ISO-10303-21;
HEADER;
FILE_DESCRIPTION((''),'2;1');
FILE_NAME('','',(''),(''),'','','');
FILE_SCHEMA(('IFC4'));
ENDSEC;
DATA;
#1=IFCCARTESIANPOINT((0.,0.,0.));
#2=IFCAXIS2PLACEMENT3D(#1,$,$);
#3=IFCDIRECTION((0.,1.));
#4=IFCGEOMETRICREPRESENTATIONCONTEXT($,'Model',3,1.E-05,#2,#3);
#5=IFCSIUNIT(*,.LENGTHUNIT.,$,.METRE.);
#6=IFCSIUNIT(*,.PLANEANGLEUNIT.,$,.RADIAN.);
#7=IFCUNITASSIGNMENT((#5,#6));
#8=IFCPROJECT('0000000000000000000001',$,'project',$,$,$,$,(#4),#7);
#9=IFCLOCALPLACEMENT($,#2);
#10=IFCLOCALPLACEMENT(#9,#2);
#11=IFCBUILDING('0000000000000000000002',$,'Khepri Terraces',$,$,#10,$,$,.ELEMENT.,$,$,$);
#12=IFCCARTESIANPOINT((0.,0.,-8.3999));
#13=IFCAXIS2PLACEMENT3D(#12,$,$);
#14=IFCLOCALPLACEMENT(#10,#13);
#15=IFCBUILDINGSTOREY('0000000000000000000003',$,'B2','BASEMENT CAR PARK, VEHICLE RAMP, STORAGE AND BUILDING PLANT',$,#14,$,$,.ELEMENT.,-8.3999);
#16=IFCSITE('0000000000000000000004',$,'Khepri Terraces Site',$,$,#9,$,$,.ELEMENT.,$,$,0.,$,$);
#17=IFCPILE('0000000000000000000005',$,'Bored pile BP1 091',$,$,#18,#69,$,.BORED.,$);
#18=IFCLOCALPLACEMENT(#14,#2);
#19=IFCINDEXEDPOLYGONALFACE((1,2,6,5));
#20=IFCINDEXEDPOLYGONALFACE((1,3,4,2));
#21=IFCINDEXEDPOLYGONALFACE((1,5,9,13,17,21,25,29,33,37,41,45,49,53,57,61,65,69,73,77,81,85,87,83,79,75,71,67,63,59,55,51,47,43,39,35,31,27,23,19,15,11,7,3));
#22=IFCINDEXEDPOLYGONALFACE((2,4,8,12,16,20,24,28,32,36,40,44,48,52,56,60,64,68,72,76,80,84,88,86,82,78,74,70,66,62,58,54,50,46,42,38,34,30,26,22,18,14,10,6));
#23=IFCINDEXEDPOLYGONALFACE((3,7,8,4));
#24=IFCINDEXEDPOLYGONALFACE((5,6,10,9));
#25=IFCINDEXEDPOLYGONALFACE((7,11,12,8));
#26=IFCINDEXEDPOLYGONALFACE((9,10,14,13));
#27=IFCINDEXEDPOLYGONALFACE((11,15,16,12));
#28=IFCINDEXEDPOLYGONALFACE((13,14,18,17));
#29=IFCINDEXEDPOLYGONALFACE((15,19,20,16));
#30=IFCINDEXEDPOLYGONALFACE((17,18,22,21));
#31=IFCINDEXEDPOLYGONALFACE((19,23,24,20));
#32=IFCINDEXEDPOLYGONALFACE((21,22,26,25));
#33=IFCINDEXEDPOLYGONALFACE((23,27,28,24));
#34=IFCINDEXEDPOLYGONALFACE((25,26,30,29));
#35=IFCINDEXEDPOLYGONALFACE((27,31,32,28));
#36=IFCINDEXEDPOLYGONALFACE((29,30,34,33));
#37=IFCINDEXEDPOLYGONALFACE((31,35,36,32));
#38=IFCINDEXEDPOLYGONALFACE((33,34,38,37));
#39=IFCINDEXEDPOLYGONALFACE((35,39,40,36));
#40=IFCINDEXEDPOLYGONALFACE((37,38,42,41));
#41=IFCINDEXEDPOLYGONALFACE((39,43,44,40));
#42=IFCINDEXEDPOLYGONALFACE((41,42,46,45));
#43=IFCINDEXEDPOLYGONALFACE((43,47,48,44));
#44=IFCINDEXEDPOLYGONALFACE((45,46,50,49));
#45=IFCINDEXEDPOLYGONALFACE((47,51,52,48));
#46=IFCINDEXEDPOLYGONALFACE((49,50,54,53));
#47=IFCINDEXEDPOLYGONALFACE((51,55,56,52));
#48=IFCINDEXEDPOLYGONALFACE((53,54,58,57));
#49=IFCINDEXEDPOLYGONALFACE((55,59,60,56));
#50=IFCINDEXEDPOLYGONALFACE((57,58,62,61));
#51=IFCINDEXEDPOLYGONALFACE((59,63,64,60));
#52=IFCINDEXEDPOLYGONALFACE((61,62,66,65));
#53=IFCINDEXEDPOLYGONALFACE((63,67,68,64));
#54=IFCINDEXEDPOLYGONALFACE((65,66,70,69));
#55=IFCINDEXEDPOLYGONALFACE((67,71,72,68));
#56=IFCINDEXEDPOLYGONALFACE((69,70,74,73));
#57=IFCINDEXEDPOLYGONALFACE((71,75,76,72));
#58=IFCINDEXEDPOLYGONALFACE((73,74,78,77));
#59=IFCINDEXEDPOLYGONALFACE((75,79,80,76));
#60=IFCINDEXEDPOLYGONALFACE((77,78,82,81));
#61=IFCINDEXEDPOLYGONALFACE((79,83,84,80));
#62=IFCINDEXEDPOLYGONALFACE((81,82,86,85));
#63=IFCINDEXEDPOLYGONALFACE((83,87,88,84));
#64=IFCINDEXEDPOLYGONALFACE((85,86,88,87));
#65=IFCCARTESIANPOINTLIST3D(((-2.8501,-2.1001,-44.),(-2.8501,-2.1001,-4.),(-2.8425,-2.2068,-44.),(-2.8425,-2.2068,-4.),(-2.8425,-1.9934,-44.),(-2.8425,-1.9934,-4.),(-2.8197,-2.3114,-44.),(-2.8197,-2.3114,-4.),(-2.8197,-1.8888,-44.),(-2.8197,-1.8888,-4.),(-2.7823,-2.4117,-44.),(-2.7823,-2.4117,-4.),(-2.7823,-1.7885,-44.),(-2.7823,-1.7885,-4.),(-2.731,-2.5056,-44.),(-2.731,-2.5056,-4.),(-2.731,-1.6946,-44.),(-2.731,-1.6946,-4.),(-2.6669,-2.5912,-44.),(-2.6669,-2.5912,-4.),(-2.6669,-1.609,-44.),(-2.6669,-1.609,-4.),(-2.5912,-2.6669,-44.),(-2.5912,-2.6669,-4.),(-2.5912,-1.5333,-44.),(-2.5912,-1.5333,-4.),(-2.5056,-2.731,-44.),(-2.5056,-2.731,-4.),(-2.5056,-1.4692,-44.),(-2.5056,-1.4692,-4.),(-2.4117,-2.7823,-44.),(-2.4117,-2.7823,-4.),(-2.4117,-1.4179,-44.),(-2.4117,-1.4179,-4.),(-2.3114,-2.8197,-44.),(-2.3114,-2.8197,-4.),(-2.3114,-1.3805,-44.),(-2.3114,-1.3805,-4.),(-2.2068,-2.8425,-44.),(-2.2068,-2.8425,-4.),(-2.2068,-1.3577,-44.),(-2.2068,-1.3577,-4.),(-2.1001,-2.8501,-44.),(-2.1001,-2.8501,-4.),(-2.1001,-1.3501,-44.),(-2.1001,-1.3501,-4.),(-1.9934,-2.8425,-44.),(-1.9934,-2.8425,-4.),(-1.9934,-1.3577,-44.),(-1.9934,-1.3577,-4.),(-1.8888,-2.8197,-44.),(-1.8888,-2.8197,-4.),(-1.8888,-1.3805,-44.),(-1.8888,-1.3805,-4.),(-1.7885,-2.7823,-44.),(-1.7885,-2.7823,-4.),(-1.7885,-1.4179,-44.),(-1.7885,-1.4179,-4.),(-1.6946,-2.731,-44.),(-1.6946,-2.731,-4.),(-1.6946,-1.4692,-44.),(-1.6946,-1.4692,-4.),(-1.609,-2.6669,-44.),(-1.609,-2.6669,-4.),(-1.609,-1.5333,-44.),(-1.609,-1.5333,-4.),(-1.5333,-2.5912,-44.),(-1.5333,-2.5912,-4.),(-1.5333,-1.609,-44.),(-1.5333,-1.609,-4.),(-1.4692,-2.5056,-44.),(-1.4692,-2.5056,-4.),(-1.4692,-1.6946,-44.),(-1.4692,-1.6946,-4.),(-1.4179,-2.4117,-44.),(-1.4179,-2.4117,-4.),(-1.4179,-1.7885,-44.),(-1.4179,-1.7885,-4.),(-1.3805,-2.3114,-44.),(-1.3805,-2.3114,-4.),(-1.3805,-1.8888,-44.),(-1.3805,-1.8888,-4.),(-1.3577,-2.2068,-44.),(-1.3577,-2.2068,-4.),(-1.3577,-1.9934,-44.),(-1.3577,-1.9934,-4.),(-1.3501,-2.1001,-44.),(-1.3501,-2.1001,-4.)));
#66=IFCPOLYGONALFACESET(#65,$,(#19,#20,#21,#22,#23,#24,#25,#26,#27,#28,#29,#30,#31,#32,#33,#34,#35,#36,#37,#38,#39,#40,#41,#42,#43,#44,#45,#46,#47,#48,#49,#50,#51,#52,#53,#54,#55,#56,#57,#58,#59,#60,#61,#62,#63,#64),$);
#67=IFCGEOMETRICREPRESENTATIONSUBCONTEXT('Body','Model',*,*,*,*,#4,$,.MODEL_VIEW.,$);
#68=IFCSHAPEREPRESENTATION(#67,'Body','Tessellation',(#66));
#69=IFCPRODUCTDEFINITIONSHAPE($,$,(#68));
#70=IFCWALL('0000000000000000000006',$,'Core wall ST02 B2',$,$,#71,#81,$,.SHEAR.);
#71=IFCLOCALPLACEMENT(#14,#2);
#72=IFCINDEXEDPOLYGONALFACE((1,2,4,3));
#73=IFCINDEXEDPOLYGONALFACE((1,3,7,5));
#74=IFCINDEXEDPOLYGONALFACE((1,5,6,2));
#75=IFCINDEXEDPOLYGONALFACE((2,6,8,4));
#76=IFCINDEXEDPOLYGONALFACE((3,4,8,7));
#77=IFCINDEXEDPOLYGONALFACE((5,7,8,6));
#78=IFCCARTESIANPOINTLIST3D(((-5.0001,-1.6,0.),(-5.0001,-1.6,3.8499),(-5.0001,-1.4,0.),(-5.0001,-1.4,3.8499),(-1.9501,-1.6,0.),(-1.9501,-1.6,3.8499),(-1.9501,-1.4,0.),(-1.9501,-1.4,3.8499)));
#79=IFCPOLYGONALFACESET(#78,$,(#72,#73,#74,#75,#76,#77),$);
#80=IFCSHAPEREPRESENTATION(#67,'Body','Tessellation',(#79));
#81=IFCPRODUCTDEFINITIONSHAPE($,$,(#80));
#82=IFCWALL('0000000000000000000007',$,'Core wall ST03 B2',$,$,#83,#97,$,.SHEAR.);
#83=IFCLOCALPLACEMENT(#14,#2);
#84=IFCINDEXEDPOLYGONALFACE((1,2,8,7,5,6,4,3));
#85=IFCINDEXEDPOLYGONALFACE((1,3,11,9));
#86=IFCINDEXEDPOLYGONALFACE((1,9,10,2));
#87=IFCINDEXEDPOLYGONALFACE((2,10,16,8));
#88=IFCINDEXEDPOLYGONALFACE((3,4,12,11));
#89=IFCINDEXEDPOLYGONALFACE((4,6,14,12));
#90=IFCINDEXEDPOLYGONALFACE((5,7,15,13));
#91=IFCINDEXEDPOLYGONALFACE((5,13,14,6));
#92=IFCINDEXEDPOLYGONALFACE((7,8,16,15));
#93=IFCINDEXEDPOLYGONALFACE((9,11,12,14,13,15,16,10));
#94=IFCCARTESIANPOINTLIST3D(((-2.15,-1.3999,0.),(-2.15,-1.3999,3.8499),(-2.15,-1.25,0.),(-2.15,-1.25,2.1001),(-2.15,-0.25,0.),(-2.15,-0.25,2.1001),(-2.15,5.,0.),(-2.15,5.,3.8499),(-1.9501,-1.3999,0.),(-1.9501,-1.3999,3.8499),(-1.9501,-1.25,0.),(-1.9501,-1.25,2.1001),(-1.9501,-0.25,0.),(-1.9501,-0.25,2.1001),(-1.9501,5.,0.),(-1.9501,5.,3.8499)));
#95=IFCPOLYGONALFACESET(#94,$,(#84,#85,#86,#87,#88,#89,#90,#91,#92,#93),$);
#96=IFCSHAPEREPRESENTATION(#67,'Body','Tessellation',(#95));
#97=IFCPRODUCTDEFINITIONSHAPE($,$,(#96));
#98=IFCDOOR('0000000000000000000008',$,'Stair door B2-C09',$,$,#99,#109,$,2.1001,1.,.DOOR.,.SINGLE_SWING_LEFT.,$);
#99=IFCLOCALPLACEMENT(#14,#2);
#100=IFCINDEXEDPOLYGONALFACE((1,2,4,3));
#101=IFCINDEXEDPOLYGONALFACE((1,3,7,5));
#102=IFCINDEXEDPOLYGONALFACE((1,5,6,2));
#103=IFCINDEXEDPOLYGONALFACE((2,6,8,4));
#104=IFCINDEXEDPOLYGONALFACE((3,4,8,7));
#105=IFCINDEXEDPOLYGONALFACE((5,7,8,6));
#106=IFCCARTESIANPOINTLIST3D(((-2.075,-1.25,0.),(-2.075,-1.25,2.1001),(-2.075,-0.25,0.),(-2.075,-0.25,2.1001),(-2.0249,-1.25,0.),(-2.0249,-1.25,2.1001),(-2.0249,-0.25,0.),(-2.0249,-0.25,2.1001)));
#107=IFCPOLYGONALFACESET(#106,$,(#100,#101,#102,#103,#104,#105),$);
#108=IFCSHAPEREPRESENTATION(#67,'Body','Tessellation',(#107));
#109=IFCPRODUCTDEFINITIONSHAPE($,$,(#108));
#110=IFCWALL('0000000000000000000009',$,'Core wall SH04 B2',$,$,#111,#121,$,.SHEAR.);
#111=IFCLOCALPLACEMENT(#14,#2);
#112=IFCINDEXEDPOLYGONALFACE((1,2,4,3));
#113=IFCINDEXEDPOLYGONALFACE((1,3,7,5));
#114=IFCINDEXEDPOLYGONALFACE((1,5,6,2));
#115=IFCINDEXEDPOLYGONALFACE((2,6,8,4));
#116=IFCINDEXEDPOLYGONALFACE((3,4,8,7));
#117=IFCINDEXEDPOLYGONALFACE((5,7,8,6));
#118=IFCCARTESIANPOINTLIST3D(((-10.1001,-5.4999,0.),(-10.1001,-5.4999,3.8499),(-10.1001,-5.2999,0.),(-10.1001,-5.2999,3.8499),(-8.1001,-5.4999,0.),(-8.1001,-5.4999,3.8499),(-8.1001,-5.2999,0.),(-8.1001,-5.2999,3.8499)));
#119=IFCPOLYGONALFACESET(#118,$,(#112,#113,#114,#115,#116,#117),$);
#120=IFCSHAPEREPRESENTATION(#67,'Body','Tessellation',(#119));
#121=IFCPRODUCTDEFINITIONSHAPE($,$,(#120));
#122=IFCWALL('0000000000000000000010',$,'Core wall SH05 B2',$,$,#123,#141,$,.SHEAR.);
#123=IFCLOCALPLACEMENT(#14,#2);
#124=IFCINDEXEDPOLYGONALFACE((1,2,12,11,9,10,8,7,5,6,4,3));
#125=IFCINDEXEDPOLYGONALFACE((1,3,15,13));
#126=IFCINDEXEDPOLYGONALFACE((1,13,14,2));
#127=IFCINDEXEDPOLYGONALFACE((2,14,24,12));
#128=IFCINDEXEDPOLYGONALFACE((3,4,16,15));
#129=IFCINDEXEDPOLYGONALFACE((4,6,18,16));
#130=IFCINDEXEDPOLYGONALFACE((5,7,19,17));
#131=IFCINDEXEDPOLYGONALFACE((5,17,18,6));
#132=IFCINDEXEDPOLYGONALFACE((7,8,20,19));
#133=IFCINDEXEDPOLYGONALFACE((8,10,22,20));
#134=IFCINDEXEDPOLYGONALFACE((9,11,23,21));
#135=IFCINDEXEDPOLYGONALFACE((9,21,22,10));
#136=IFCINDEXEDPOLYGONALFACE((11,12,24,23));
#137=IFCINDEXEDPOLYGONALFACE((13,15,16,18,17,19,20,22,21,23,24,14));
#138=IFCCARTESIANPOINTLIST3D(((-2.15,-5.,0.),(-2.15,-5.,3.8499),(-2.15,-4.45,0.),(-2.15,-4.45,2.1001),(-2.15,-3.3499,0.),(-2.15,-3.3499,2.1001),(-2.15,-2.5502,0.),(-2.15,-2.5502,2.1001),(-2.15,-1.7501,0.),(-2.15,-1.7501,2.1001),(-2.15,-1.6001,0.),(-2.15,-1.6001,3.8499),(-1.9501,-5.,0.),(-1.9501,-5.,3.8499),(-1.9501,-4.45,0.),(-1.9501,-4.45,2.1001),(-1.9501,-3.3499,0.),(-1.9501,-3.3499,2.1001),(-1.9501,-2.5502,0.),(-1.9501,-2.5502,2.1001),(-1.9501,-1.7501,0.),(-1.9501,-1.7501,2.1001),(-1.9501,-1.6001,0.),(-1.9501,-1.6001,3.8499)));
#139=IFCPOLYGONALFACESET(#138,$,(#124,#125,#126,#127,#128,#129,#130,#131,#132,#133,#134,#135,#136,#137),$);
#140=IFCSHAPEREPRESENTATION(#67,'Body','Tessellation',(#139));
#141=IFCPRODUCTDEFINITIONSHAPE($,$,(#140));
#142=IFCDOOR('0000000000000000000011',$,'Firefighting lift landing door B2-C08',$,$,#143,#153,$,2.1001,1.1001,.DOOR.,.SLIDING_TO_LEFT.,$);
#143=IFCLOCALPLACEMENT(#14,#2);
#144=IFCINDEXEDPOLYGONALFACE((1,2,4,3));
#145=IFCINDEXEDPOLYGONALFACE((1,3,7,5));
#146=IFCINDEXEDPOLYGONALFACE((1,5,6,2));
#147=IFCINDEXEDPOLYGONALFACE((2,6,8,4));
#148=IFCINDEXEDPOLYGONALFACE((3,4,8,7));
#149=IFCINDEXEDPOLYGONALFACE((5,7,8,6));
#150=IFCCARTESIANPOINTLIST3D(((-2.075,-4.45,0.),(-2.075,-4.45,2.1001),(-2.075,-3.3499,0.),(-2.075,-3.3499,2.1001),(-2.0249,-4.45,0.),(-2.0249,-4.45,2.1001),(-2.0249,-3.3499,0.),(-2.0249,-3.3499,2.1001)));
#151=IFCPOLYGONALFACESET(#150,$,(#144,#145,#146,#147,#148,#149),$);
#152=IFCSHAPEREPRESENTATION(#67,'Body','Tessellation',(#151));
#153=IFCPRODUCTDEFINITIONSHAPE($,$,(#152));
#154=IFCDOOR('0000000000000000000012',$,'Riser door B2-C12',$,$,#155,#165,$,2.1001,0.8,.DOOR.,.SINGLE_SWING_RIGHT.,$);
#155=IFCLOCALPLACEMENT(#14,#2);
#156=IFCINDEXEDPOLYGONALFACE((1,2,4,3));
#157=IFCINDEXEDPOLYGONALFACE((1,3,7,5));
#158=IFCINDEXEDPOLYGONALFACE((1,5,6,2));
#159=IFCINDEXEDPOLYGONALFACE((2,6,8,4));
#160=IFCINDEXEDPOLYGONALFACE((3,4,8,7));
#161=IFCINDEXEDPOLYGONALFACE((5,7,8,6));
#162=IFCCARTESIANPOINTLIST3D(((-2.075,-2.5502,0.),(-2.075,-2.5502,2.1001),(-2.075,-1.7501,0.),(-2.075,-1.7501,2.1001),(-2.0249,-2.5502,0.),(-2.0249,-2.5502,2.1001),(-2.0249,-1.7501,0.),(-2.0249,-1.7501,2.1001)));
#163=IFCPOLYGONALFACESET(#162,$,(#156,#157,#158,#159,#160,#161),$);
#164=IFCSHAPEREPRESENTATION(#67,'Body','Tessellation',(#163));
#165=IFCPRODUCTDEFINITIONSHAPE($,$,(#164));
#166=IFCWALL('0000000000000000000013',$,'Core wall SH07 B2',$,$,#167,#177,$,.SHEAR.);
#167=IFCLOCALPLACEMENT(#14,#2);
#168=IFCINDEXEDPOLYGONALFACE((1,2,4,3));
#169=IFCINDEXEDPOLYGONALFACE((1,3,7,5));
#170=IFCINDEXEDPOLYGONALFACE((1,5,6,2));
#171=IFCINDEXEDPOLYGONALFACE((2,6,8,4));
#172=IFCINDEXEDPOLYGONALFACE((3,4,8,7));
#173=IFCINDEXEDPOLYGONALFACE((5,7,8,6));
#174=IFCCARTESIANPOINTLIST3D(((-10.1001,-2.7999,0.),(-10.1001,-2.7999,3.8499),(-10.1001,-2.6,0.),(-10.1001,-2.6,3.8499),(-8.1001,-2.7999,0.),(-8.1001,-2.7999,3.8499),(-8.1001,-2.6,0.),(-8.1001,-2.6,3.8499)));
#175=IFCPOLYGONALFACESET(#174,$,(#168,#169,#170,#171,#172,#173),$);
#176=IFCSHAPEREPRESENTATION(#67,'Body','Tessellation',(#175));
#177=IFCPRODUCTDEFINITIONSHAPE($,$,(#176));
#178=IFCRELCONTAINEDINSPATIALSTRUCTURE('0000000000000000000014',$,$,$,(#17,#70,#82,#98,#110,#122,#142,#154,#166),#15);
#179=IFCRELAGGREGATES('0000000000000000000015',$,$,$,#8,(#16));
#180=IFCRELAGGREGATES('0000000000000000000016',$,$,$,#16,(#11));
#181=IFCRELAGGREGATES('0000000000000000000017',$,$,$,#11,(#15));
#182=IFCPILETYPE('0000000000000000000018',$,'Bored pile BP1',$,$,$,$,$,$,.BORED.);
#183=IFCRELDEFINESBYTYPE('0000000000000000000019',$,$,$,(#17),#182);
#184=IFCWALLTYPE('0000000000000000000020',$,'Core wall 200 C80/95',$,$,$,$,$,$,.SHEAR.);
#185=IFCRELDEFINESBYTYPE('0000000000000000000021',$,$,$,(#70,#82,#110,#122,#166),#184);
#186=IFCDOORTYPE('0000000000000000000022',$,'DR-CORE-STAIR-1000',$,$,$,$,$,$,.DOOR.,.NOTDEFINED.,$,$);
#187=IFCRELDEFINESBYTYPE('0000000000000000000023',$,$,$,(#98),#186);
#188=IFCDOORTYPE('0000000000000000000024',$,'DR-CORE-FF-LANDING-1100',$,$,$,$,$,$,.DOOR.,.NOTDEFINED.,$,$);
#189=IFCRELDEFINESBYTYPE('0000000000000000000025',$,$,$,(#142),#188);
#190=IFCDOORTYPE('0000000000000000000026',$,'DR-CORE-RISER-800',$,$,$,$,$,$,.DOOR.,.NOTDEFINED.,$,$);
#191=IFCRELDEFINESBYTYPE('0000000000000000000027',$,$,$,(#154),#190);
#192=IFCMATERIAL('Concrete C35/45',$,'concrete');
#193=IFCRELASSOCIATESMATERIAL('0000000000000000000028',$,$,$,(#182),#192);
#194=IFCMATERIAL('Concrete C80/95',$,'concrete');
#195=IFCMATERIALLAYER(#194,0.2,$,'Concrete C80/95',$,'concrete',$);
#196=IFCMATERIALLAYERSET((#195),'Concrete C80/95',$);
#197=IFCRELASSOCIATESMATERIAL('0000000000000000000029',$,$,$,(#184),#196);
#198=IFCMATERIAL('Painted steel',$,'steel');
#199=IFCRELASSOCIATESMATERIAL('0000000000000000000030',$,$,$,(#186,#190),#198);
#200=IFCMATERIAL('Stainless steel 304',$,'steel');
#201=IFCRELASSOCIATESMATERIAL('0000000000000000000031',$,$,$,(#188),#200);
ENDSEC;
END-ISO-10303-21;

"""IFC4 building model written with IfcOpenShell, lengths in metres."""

from ifc_helpers import new_model, si_unit, direction, frame, frame_2d, origin, origin_2d, place, context, subcontext, project, spatial, rectangle, circle, extrude, material, layer, layer_set, material_profile, profile_set, type_object, element, fill, save


model = new_model("IFC4")

# Units and contexts
model_context = context("Model", 3, precision=1e-05, world=origin(), true_north=direction((0.0, 1.0)))
body_context = subcontext(model_context, "Body", "Model", "MODEL_VIEW")
ifc_project = project(units=[si_unit("LENGTHUNIT", "METRE"), si_unit("PLANEANGLEUNIT", "RADIAN")], contexts=[model_context])

# Site, building, storey
site_placement = place(None, origin())
site = spatial("IfcSite", under=ifc_project, at=site_placement, Name="Khepri Terraces Site", CompositionType="ELEMENT", RefElevation=0.0)
building_placement = place(site_placement, origin())
building = spatial("IfcBuilding", under=site, at=building_placement, Name="Khepri Terraces", CompositionType="ELEMENT")
storey_placement = place(building_placement, frame((0.0, 0.0, -8.3999)))
storey = spatial("IfcBuildingStorey", under=building, at=storey_placement, Name="B2", Description="BASEMENT CAR PARK, VEHICLE RAMP, STORAGE AND BUILDING PLANT", CompositionType="ELEMENT", Elevation=-8.3999)

# Pile
ifc_material_1 = material(Name="Concrete C35/45", Category="concrete")
ifc_material_profile = material_profile(ifc_material_1, circle(Radius=0.75, at=origin_2d()), Name="Concrete C35/45", Category="concrete")
ifc_profile_set = profile_set([ifc_material_profile], Name="Concrete C35/45")
pile_type = type_object("IfcPileType", Name="Bored pile BP1", PredefinedType="BORED", material=ifc_profile_set)
for number, where, z_axis, x_axis, name in (
    (1, (-2.1001, -2.1001, -4.0), (0.0, 0.0, -1.0), (1.0, 0.0, 0.0), "Bored pile BP1 091"),
):
    element("IfcPile", number, at=place(storey_placement, frame(where, z_axis=z_axis, x_axis=x_axis)), inside=storey, type_object=pile_type, Name=name, PredefinedType="BORED", context=body_context, shape_type="SweptSolid", body=[
        extrude(circle(Radius=0.75, at=origin_2d()), origin(), (0.0, 0.0, 1.0), 40.0),
    ])

# Wall
ifc_material_2 = material(Name="Concrete C80/95", Category="concrete")
ifc_layer_1 = layer(ifc_material_2, 0.2, Name="Concrete C80/95", Category="concrete")
ifc_layer_set_1 = layer_set([ifc_layer_1], Name="Concrete C80/95")
wall_type_1 = type_object("IfcWallType", Name="Core wall 200 C80/95", PredefinedType="SHEAR", material=ifc_layer_set_1)
wall_1_placement = place(storey_placement, frame((-5.0, -1.5, 0.0), z_axis=(0.0, 0.0, 1.0), x_axis=(1.0, 0.0, 0.0)))
element("IfcWall", 2, at=wall_1_placement, inside=storey, type_object=wall_type_1, Name="Core wall ST02 B2", PredefinedType="SHEAR", context=body_context, shape_type="SweptSolid", body=[
    extrude(rectangle(XDim=3.05, YDim=0.2, at=frame_2d((1.5249, 0.0))), origin(), (0.0, 0.0, 1.0), 3.8499),
])

# Wall, opening, door
wall_2_placement = place(storey_placement, frame((-2.05, -1.3999, 0.0), z_axis=(0.0, 0.0, 1.0), x_axis=(0.0, 1.0, 0.0)))
wall_2 = element("IfcWall", 3, at=wall_2_placement, inside=storey, type_object=wall_type_1, Name="Core wall ST03 B2", PredefinedType="SHEAR", context=body_context, shape_type="SweptSolid", body=[
    extrude(rectangle(XDim=6.3999, YDim=0.2, at=frame_2d((3.2, 0.0))), origin(), (0.0, 0.0, 1.0), 3.8499),
])
opening_1_placement = place(wall_2_placement, frame((0.1499, 0.0, 0.0)))
opening_1 = element("IfcOpeningElement", 4, at=opening_1_placement, cuts=wall_2, PredefinedType="OPENING", context=body_context, shape_type="SweptSolid", body=[
    extrude(rectangle(XDim=1.0, YDim=2.1001, at=frame_2d((0.5, 1.05))), frame((0.0, 0.1099, 0.0), z_axis=(0.0, -1.0, 0.0), x_axis=(1.0, 0.0, 0.0)), (0.0, 0.0, 1.0), 0.22),
])
ifc_material_3 = material(Name="Painted steel", Category="steel")
door_type_1 = type_object("IfcDoorType", Name="DR-CORE-STAIR-1000", OperationType="NOTDEFINED", PredefinedType="DOOR", material=ifc_material_3)
door_1_placement = place(opening_1_placement, origin())
door_1 = element("IfcDoor", 5, at=door_1_placement, inside=storey, type_object=door_type_1, Name="Stair door B2-C09", OperationType="SINGLE_SWING_LEFT", OverallHeight=2.1001, OverallWidth=1.0, PredefinedType="DOOR", context=body_context, shape_type="SweptSolid", body=[
    extrude(rectangle(XDim=1.0, YDim=2.1001, at=frame_2d((0.5, 1.05))), frame((0.0, 0.0249, 0.0), z_axis=(0.0, -1.0, 0.0), x_axis=(1.0, 0.0, 0.0)), (0.0, 0.0, 1.0), 0.05),
])
fill(opening_1, door_1)

# Wall
wall_3_placement = place(storey_placement, frame((-10.1001, -5.3999, 0.0), z_axis=(0.0, 0.0, 1.0), x_axis=(1.0, 0.0, 0.0)))
element("IfcWall", 6, at=wall_3_placement, inside=storey, type_object=wall_type_1, Name="Core wall SH04 B2", PredefinedType="SHEAR", context=body_context, shape_type="SweptSolid", body=[
    extrude(rectangle(XDim=2.0, YDim=0.2, at=frame_2d((1.0, 0.0))), origin(), (0.0, 0.0, 1.0), 3.8499),
])

# Wall, openings, doors
wall_4_placement = place(storey_placement, frame((-2.05, -5.0, 0.0), z_axis=(0.0, 0.0, 1.0), x_axis=(0.0, 1.0, 0.0)))
wall_4 = element("IfcWall", 7, at=wall_4_placement, inside=storey, type_object=wall_type_1, Name="Core wall SH05 B2", PredefinedType="SHEAR", context=body_context, shape_type="SweptSolid", body=[
    extrude(rectangle(XDim=3.3999, YDim=0.2, at=frame_2d((1.7, 0.0))), origin(), (0.0, 0.0, 1.0), 3.8499),
])
opening_2_placement = place(wall_4_placement, frame((0.55, 0.0, 0.0)))
opening_2 = element("IfcOpeningElement", 8, at=opening_2_placement, cuts=wall_4, PredefinedType="OPENING", context=body_context, shape_type="SweptSolid", body=[
    extrude(rectangle(XDim=1.1001, YDim=2.1001, at=frame_2d((0.55, 1.05))), frame((0.0, 0.1099, 0.0), z_axis=(0.0, -1.0, 0.0), x_axis=(1.0, 0.0, 0.0)), (0.0, 0.0, 1.0), 0.22),
])
opening_3_placement = place(wall_4_placement, frame((2.45, 0.0, 0.0)))
opening_3 = element("IfcOpeningElement", 9, at=opening_3_placement, cuts=wall_4, PredefinedType="OPENING", context=body_context, shape_type="SweptSolid", body=[
    extrude(rectangle(XDim=0.8, YDim=2.1001, at=frame_2d((0.3999, 1.05))), frame((0.0, 0.1099, 0.0), z_axis=(0.0, -1.0, 0.0), x_axis=(1.0, 0.0, 0.0)), (0.0, 0.0, 1.0), 0.22),
])
ifc_material_4 = material(Name="Stainless steel 304", Category="steel")
door_type_2 = type_object("IfcDoorType", Name="DR-CORE-FF-LANDING-1100", OperationType="NOTDEFINED", PredefinedType="DOOR", material=ifc_material_4)
door_2_placement = place(opening_2_placement, origin())
door_2 = element("IfcDoor", 10, at=door_2_placement, inside=storey, type_object=door_type_2, Name="Firefighting lift landing door B2-C08", OperationType="SLIDING_TO_LEFT", OverallHeight=2.1001, OverallWidth=1.1001, PredefinedType="DOOR", context=body_context, shape_type="SweptSolid", body=[
    extrude(rectangle(XDim=1.1001, YDim=2.1001, at=frame_2d((0.55, 1.05))), frame((0.0, 0.0249, 0.0), z_axis=(0.0, -1.0, 0.0), x_axis=(1.0, 0.0, 0.0)), (0.0, 0.0, 1.0), 0.05),
])
fill(opening_2, door_2)
door_type_3 = type_object("IfcDoorType", Name="DR-CORE-RISER-800", OperationType="NOTDEFINED", PredefinedType="DOOR", material=ifc_material_3)
door_3_placement = place(opening_3_placement, origin())
door_3 = element("IfcDoor", 11, at=door_3_placement, inside=storey, type_object=door_type_3, Name="Riser door B2-C12", OperationType="SINGLE_SWING_RIGHT", OverallHeight=2.1001, OverallWidth=0.8, PredefinedType="DOOR", context=body_context, shape_type="SweptSolid", body=[
    extrude(rectangle(XDim=0.8, YDim=2.1001, at=frame_2d((0.3999, 1.05))), frame((0.0, 0.0249, 0.0), z_axis=(0.0, -1.0, 0.0), x_axis=(1.0, 0.0, 0.0)), (0.0, 0.0, 1.0), 0.05),
])
fill(opening_3, door_3)

# Wall
wall_5_placement = place(storey_placement, frame((-10.1001, -2.7, 0.0), z_axis=(0.0, 0.0, 1.0), x_axis=(1.0, 0.0, 0.0)))
element("IfcWall", 12, at=wall_5_placement, inside=storey, type_object=wall_type_1, Name="Core wall SH07 B2", PredefinedType="SHEAR", context=body_context, shape_type="SweptSolid", body=[
    extrude(rectangle(XDim=2.0, YDim=0.2, at=frame_2d((1.0, 0.0))), origin(), (0.0, 0.0, 1.0), 3.8499),
])

save(model, "model.ifc")
